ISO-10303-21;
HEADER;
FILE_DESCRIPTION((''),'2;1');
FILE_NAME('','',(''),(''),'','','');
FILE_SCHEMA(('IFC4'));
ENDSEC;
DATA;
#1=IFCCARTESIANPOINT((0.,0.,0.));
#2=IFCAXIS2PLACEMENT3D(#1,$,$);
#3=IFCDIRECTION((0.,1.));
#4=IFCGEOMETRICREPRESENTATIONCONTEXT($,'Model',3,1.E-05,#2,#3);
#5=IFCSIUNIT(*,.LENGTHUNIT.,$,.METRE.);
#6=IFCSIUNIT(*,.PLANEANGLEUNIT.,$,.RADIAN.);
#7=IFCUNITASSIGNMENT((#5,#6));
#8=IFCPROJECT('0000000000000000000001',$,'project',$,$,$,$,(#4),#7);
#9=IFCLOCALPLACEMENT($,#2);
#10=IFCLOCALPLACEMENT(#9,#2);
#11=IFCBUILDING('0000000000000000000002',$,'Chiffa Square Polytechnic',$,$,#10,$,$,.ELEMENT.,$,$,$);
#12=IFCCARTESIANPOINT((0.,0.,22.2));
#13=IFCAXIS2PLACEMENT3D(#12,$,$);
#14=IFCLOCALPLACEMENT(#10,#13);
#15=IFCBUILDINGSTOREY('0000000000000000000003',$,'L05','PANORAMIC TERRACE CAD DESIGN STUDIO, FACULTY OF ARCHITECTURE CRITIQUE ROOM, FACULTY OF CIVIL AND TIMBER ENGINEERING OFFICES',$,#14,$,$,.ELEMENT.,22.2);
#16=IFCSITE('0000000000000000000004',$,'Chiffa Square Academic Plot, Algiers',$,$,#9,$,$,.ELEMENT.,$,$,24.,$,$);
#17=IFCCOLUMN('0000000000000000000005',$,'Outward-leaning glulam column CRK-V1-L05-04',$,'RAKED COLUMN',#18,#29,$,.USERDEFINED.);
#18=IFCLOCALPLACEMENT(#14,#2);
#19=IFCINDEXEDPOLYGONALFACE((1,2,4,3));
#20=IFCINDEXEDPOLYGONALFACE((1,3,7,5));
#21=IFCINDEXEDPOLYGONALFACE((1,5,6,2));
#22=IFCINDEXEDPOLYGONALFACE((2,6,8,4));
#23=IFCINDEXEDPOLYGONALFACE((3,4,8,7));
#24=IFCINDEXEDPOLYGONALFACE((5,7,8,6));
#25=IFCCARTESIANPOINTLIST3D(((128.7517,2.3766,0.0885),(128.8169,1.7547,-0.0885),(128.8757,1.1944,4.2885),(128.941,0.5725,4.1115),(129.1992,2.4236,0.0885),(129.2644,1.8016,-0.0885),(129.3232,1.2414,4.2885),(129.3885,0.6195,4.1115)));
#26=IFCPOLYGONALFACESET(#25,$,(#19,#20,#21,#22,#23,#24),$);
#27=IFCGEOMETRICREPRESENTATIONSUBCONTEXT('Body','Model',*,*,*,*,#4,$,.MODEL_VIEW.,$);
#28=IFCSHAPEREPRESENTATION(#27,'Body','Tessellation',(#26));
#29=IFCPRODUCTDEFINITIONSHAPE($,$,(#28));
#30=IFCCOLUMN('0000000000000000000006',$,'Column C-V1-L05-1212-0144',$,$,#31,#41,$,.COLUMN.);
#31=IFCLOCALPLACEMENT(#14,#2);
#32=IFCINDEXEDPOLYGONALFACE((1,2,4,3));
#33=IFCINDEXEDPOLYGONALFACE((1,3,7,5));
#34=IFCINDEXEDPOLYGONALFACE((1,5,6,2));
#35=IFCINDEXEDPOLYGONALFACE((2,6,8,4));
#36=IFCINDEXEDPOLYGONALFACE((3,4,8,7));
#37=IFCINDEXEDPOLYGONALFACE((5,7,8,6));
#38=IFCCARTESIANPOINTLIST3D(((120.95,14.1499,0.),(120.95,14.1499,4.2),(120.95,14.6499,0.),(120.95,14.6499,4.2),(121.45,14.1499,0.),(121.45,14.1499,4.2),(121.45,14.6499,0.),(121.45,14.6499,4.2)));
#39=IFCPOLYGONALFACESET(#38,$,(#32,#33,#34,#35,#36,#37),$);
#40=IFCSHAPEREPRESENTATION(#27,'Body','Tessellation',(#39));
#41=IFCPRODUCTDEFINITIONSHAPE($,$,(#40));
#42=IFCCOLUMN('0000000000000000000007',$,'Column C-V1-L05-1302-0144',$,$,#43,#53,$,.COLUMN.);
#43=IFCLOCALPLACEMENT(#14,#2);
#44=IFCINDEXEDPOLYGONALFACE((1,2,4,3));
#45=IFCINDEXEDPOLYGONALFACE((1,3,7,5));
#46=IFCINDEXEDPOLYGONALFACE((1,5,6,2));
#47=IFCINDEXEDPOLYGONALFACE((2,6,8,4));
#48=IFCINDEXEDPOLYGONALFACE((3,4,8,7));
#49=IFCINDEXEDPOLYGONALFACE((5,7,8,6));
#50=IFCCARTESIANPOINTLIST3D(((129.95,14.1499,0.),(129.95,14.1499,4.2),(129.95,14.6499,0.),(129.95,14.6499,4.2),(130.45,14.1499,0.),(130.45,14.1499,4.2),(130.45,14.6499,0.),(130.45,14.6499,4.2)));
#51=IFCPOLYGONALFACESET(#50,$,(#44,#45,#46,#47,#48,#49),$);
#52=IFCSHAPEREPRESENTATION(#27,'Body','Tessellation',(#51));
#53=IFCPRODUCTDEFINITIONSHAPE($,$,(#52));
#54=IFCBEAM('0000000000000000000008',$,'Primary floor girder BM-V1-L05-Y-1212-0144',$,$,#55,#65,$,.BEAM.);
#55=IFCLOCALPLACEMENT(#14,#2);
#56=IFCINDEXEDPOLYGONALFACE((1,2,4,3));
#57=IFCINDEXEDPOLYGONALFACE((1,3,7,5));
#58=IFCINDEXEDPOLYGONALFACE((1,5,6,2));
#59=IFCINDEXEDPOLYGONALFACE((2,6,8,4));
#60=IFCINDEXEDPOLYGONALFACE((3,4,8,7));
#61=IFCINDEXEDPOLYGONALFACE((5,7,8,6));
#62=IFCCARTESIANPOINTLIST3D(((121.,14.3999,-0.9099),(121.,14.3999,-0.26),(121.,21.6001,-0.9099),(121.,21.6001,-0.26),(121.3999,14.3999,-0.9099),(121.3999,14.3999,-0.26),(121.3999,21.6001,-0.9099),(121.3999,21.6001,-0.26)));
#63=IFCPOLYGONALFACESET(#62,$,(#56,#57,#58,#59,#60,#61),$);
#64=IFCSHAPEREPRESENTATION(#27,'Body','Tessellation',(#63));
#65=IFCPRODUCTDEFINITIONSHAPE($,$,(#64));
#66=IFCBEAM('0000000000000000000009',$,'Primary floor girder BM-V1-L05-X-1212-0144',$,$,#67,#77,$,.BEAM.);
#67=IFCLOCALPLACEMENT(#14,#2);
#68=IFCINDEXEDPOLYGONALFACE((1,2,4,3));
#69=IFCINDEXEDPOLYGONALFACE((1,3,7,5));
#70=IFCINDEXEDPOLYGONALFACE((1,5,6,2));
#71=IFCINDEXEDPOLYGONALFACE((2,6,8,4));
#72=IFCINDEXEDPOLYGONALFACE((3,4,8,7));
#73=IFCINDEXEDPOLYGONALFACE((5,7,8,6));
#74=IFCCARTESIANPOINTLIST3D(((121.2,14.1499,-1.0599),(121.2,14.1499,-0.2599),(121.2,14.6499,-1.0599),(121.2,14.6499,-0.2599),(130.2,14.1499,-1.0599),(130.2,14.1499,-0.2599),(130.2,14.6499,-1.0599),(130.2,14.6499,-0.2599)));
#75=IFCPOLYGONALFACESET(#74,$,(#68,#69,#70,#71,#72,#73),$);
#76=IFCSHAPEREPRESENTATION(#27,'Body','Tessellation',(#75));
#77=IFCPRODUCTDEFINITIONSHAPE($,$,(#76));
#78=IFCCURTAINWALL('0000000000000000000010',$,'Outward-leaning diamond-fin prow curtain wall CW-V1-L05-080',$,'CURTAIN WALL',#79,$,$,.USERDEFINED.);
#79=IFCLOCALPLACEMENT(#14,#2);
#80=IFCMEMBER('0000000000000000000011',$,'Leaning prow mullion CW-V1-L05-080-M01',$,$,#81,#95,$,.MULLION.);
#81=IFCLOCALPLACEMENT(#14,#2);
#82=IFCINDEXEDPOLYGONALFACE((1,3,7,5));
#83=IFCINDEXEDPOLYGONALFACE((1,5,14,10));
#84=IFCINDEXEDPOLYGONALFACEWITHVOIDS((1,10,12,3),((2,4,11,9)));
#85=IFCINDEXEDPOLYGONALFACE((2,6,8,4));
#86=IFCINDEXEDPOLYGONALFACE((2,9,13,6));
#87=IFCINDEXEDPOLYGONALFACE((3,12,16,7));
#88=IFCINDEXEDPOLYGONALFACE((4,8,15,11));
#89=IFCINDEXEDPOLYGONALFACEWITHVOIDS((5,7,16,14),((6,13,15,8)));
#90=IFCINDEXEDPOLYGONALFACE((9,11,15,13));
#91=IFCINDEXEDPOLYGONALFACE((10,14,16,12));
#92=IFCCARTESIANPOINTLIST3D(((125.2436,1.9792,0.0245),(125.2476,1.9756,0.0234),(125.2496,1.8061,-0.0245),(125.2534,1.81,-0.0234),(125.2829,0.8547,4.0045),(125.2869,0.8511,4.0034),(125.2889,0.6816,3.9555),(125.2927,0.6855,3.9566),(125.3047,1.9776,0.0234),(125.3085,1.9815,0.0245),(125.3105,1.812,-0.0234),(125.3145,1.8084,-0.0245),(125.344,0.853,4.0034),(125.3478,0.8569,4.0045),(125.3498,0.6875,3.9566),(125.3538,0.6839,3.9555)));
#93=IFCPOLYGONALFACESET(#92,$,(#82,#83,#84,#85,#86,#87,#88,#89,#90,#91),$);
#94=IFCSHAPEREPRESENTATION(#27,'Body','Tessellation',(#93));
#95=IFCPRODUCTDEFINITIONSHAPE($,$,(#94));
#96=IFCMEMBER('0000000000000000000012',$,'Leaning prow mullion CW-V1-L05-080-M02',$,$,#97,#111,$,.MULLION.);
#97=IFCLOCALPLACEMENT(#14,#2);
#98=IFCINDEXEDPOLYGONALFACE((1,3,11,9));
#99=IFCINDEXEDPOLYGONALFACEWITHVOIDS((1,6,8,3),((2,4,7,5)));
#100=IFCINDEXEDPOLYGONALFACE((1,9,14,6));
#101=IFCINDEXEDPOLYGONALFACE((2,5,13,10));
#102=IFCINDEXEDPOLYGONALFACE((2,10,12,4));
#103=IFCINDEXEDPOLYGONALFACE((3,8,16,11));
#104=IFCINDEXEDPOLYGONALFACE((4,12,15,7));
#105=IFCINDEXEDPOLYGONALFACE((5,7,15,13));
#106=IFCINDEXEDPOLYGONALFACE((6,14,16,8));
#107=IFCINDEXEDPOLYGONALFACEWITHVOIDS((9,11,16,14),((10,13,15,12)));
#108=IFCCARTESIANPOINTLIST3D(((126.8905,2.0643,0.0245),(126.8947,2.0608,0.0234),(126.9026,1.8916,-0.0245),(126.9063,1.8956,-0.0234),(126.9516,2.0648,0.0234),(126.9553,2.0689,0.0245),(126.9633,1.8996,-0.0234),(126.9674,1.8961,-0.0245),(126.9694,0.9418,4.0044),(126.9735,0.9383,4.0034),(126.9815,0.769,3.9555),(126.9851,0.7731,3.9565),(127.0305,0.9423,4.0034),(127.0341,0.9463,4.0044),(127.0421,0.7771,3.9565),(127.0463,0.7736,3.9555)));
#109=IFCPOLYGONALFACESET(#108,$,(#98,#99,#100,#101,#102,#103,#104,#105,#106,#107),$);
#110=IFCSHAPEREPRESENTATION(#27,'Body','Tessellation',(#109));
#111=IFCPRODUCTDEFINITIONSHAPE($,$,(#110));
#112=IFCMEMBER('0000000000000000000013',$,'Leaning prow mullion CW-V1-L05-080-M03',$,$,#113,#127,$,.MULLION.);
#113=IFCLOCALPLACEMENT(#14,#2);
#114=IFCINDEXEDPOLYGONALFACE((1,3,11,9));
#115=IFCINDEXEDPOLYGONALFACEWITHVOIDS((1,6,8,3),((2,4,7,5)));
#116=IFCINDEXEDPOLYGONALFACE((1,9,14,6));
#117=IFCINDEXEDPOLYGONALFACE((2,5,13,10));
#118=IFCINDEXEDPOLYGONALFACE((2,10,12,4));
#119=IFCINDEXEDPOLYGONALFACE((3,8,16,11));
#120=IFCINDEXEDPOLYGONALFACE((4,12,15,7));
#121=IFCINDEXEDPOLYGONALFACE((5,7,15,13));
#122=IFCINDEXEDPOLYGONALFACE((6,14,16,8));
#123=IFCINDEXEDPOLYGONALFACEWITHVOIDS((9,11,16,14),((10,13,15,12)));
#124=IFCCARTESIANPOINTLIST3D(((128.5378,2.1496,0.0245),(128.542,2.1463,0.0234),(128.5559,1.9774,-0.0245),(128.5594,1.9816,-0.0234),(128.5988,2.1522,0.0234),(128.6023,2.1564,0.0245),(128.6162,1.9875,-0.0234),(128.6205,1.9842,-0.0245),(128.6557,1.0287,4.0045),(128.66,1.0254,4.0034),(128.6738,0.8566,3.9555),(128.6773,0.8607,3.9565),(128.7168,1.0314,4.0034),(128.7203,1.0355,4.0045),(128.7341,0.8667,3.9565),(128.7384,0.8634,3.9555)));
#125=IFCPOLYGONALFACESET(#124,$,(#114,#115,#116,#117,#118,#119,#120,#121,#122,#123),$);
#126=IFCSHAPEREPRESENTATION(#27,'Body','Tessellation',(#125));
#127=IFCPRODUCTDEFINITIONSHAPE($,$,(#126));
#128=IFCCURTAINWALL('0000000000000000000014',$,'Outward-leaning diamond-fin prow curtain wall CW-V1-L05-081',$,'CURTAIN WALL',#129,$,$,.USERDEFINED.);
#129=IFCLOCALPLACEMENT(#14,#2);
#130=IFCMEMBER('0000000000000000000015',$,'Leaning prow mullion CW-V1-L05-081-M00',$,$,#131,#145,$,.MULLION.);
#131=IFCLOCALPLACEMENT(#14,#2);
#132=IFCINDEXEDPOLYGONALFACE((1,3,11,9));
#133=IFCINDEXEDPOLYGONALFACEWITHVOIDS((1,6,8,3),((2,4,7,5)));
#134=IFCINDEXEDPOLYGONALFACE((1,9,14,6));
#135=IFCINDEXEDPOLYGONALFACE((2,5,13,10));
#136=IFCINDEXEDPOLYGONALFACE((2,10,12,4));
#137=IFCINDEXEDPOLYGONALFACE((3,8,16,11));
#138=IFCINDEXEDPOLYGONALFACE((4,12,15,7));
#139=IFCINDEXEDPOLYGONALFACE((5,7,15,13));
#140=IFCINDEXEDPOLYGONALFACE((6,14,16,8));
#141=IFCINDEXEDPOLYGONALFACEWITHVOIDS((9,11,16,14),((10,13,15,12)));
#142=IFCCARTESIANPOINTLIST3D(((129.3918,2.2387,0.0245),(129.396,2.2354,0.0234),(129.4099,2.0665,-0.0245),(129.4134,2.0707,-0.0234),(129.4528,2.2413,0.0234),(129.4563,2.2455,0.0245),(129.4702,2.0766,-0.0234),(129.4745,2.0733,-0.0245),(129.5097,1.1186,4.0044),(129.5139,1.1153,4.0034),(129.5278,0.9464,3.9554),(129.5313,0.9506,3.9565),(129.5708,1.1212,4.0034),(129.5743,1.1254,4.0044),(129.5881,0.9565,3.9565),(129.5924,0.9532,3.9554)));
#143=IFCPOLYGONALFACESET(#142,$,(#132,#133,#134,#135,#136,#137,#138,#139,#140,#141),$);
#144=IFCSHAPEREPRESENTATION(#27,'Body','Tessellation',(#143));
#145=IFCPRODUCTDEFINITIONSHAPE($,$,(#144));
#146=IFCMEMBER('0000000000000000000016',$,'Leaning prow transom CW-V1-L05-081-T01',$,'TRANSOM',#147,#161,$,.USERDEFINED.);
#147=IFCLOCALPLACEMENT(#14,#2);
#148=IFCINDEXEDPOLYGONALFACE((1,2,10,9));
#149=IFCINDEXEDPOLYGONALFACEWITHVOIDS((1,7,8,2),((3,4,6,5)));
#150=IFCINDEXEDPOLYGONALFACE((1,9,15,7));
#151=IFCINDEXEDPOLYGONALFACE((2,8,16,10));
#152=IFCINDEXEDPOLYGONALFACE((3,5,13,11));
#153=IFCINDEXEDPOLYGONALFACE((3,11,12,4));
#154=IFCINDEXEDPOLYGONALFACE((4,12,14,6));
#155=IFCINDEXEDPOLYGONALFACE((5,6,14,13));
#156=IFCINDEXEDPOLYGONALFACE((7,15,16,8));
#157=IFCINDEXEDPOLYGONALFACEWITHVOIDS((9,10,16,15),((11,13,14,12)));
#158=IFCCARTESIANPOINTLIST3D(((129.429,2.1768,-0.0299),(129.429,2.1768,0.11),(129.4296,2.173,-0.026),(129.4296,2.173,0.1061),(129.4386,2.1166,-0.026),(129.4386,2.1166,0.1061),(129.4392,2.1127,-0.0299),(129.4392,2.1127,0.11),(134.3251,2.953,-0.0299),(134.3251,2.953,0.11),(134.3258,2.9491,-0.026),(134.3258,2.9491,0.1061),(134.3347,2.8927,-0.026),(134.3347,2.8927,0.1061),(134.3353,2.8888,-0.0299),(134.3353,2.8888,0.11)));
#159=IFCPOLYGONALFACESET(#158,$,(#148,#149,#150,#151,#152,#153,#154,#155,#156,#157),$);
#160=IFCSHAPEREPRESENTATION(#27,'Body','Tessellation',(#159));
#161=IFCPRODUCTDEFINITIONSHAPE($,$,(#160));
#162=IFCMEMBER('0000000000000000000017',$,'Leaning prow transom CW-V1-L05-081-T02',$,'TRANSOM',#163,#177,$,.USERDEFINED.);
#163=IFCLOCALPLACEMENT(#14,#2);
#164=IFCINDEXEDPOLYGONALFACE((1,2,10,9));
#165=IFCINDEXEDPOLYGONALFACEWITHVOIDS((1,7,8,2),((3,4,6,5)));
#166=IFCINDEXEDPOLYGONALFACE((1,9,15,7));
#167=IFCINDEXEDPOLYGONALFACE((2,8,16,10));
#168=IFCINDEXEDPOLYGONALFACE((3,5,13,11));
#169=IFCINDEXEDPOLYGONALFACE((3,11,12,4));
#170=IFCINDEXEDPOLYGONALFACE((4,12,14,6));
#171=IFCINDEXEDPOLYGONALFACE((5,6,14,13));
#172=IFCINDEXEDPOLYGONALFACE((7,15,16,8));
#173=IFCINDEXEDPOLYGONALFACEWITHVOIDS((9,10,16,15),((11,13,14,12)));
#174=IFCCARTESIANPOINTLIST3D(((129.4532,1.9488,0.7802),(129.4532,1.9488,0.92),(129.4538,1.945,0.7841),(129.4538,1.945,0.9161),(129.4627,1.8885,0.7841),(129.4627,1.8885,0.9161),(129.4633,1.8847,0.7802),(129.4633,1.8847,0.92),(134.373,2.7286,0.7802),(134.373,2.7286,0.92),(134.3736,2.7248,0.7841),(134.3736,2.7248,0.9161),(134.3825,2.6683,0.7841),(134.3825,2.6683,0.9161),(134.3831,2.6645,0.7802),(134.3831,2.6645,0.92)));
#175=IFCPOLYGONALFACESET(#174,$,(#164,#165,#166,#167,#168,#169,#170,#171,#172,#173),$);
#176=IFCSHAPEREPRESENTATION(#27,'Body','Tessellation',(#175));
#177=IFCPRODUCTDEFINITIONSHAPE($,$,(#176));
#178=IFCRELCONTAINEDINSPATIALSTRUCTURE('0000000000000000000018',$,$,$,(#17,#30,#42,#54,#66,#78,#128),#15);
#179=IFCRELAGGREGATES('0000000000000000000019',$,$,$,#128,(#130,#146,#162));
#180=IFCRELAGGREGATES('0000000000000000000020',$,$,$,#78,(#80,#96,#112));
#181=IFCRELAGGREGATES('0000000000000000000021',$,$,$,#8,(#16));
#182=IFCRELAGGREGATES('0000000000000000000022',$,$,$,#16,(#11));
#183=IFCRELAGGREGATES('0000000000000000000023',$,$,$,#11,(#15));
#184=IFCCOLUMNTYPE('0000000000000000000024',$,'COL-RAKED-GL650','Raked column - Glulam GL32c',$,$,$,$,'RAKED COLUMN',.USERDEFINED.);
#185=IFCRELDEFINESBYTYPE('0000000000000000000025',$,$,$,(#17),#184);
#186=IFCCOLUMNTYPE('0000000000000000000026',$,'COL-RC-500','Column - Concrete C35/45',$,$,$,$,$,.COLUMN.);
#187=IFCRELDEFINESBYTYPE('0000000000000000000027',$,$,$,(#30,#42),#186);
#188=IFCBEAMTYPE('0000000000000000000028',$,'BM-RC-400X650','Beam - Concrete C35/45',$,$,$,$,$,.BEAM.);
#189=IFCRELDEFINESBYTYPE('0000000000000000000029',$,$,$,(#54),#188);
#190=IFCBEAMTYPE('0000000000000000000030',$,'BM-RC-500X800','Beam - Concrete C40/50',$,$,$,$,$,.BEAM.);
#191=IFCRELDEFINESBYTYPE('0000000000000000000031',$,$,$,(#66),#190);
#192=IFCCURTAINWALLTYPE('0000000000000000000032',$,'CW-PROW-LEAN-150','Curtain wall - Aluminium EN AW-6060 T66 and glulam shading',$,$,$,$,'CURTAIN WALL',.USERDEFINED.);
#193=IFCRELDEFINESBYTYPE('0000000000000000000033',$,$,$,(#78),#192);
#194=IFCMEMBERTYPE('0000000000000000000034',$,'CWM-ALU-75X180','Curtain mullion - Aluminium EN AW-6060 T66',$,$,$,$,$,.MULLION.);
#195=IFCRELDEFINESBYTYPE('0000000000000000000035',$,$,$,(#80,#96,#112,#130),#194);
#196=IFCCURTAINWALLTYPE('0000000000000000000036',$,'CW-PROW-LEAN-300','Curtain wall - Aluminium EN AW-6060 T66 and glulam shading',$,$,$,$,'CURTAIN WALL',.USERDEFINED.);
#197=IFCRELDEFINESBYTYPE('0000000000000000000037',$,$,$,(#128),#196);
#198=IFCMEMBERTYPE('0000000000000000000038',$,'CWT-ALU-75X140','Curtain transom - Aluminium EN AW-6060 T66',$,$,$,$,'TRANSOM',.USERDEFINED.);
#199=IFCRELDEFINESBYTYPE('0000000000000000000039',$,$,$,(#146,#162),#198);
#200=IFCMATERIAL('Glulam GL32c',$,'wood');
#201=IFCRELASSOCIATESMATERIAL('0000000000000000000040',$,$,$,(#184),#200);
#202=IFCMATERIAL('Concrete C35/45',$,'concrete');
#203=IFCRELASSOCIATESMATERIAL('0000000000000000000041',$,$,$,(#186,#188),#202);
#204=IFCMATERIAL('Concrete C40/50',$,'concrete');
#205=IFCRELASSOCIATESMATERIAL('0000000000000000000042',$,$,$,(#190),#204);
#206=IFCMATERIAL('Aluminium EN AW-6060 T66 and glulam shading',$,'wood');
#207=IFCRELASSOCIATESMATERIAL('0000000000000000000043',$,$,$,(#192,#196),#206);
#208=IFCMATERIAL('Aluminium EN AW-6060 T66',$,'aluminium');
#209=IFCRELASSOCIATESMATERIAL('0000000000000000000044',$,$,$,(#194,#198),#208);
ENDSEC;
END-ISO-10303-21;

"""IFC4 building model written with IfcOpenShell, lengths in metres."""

from ifc_helpers import new_model, si_unit, direction, frame, origin, origin_2d, place, context, subcontext, project, spatial, rectangle, hollow_rectangle, extrude, material, material_profile, profile_set, type_object, element, aggregate, save


model = new_model("IFC4")

# Units and contexts
model_context = context("Model", 3, precision=1e-05, world=origin(), true_north=direction((0.0, 1.0)))
body_context = subcontext(model_context, "Body", "Model", "MODEL_VIEW")
ifc_project = project(units=[si_unit("LENGTHUNIT", "METRE"), si_unit("PLANEANGLEUNIT", "RADIAN")], contexts=[model_context])

# Site, building, storey
site_placement = place(None, origin())
site = spatial("IfcSite", under=ifc_project, at=site_placement, Name="Chiffa Square Academic Plot, Algiers", CompositionType="ELEMENT", RefElevation=24.0)
building_placement = place(site_placement, origin())
building = spatial("IfcBuilding", under=site, at=building_placement, Name="Chiffa Square Polytechnic", CompositionType="ELEMENT")
storey_placement = place(building_placement, frame((0.0, 0.0, 22.2)))
storey = spatial("IfcBuildingStorey", under=building, at=storey_placement, Name="L05", Description="PANORAMIC TERRACE CAD DESIGN STUDIO, FACULTY OF ARCHITECTURE CRITIQUE ROOM, FACULTY OF CIVIL AND TIMBER ENGINEERING OFFICES", CompositionType="ELEMENT", Elevation=22.2)

# Columns
ifc_material_1 = material(Name="Glulam GL32c", Category="wood")
ifc_material_profile_1 = material_profile(ifc_material_1, rectangle(XDim=0.45, YDim=0.6499, at=origin_2d()), Name="GL32c 450x650")
ifc_profile_set_1 = profile_set([ifc_material_profile_1], Name="Glulam GL32c")
column_type_1 = type_object("IfcColumnType", Name="COL-RAKED-GL650", Description="Raked column - Glulam GL32c", ElementType="RAKED COLUMN", PredefinedType="USERDEFINED", material=ifc_profile_set_1)
column_placement = place(storey_placement, frame((129.0081, 2.0891, 0.0), z_axis=(0.028414, -0.270826, 0.962209), x_axis=(0.994541, 0.104343, 0.0)))
element("IfcColumn", 1, at=column_placement, inside=storey, type_object=column_type_1, Name="Outward-leaning glulam column CRK-V1-L05-04", ObjectType="RAKED COLUMN", PredefinedType="USERDEFINED", context=body_context, shape_type="SweptSolid", body=[
    extrude(rectangle(XDim=0.45, YDim=0.6499, at=origin_2d()), origin(), (0.0, 0.0, 1.0), 4.365),
])
ifc_material_2 = material(Name="Concrete C35/45", Category="concrete")
ifc_material_profile_2 = material_profile(ifc_material_2, rectangle(XDim=0.5, YDim=0.5, at=origin_2d()), Name="RC 500x500")
ifc_profile_set_2 = profile_set([ifc_material_profile_2], Name="Concrete C35/45")
column_type_2 = type_object("IfcColumnType", Name="COL-RC-500", Description="Column - Concrete C35/45", PredefinedType="COLUMN", material=ifc_profile_set_2)
for number, where, z_axis, x_axis, name in (
    (2, (121.2, 14.3999, 0.0), (0.0, 0.0, 1.0), (1.0, 0.0, 0.0), "Column C-V1-L05-1212-0144"),
    (3, (130.2, 14.3999, 0.0), (0.0, 0.0, 1.0), (1.0, 0.0, 0.0), "Column C-V1-L05-1302-0144"),
):
    element("IfcColumn", number, at=place(storey_placement, frame(where, z_axis=z_axis, x_axis=x_axis)), inside=storey, type_object=column_type_2, Name=name, PredefinedType="COLUMN", context=body_context, shape_type="SweptSolid", body=[
        extrude(rectangle(XDim=0.5, YDim=0.5, at=origin_2d()), origin(), (0.0, 0.0, 1.0), 4.2),
    ])

# Beams
ifc_material_profile_3 = material_profile(ifc_material_2, rectangle(XDim=0.3999, YDim=0.6499, at=origin_2d()), Name="RC 400x650")
ifc_profile_set_3 = profile_set([ifc_material_profile_3], Name="Concrete C35/45")
beam_type_1 = type_object("IfcBeamType", Name="BM-RC-400X650", Description="Beam - Concrete C35/45", PredefinedType="BEAM", material=ifc_profile_set_3)
beam_1_placement = place(storey_placement, frame((121.2, 14.3999, -0.585), z_axis=(0.0, 1.0, 0.0), x_axis=(-1.0, 0.0, 0.0)))
element("IfcBeam", 4, at=beam_1_placement, inside=storey, type_object=beam_type_1, Name="Primary floor girder BM-V1-L05-Y-1212-0144", PredefinedType="BEAM", context=body_context, shape_type="SweptSolid", body=[
    extrude(rectangle(XDim=0.3999, YDim=0.6499, at=origin_2d()), origin(), (0.0, 0.0, 1.0), 7.2002),
])
ifc_material_3 = material(Name="Concrete C40/50", Category="concrete")
ifc_material_profile_4 = material_profile(ifc_material_3, rectangle(XDim=0.5, YDim=0.8, at=origin_2d()), Name="RC 500x800")
ifc_profile_set_4 = profile_set([ifc_material_profile_4], Name="Concrete C40/50")
beam_type_2 = type_object("IfcBeamType", Name="BM-RC-500X800", Description="Beam - Concrete C40/50", PredefinedType="BEAM", material=ifc_profile_set_4)
beam_2_placement = place(storey_placement, frame((121.2, 14.3999, -0.6599), z_axis=(1.0, 0.0, 0.0), x_axis=(0.0, 1.0, 0.0)))
element("IfcBeam", 5, at=beam_2_placement, inside=storey, type_object=beam_type_2, Name="Primary floor girder BM-V1-L05-X-1212-0144", PredefinedType="BEAM", context=body_context, shape_type="SweptSolid", body=[
    extrude(rectangle(XDim=0.5, YDim=0.8, at=origin_2d()), origin(), (0.0, 0.0, 1.0), 9.0),
])

# Curtain walls, members
ifc_material_4 = material(Name="Aluminium EN AW-6060 T66 and glulam shading", Category="wood")
curtain_wall_type_1 = type_object("IfcCurtainWallType", Name="CW-PROW-LEAN-150", Description="Curtain wall - Aluminium EN AW-6060 T66 and glulam shading", ElementType="CURTAIN WALL", PredefinedType="USERDEFINED", material=ifc_material_4)
curtain_wall_1_placement = place(storey_placement, origin())
curtain_wall_1 = element("IfcCurtainWall", 6, at=curtain_wall_1_placement, inside=storey, type_object=curtain_wall_type_1, Name="Outward-leaning diamond-fin prow curtain wall CW-V1-L05-080", ObjectType="CURTAIN WALL", PredefinedType="USERDEFINED")
ifc_material_5 = material(Name="Aluminium EN AW-6060 T66", Category="aluminium")
ifc_material_profile_5 = material_profile(ifc_material_5, hollow_rectangle(XDim=0.0649, YDim=0.1799, WallThickness=0.0039, at=origin_2d()), Name="ALU 65x180x4")
ifc_profile_set_5 = profile_set([ifc_material_profile_5], Name="Aluminium EN AW-6060 T66")
member_type_1 = type_object("IfcMemberType", Name="CWM-ALU-75X180", Description="Curtain mullion - Aluminium EN AW-6060 T66", PredefinedType="MULLION", material=ifc_profile_set_5)
member_1_placement = place(storey_placement, frame((125.2791, 1.8938, 0.0), z_axis=(0.009504, -0.271885, 0.962283), x_axis=(0.99939, 0.034933, 0.0)))
member_1 = element("IfcMember", 7, at=member_1_placement, type_object=member_type_1, Name="Leaning prow mullion CW-V1-L05-080-M01", PredefinedType="MULLION", context=body_context, shape_type="SweptSolid", body=[
    extrude(hollow_rectangle(XDim=0.0649, YDim=0.1799, WallThickness=0.0039, at=origin_2d()), origin(), (0.0, 0.0, 1.0), 4.136),
])
member_2_placement = place(storey_placement, frame((126.929, 1.9802, 0.0), z_axis=(0.019066, -0.271411, 0.962275), x_axis=(0.997542, 0.070075, 0.0)))
member_2 = element("IfcMember", 8, at=member_2_placement, type_object=member_type_1, Name="Leaning prow mullion CW-V1-L05-080-M02", PredefinedType="MULLION", context=body_context, shape_type="SweptSolid", body=[
    extrude(hollow_rectangle(XDim=0.0649, YDim=0.1799, WallThickness=0.0039, at=origin_2d()), origin(), (0.0, 0.0, 1.0), 4.136),
])
member_3_placement = place(storey_placement, frame((128.5791, 2.0669, 0.0), z_axis=(0.028507, -0.270967, 0.962166), x_axis=(0.994511, 0.104628, 0.0)))
member_3 = element("IfcMember", 9, at=member_3_placement, type_object=member_type_1, Name="Leaning prow mullion CW-V1-L05-080-M03", PredefinedType="MULLION", context=body_context, shape_type="SweptSolid", body=[
    extrude(hollow_rectangle(XDim=0.0649, YDim=0.1799, WallThickness=0.0039, at=origin_2d()), origin(), (0.0, 0.0, 1.0), 4.1365),
])
curtain_wall_type_2 = type_object("IfcCurtainWallType", Name="CW-PROW-LEAN-300", Description="Curtain wall - Aluminium EN AW-6060 T66 and glulam shading", ElementType="CURTAIN WALL", PredefinedType="USERDEFINED", material=ifc_material_4)
curtain_wall_2_placement = place(storey_placement, origin())
curtain_wall_2 = element("IfcCurtainWall", 10, at=curtain_wall_2_placement, inside=storey, type_object=curtain_wall_type_2, Name="Outward-leaning diamond-fin prow curtain wall CW-V1-L05-081", ObjectType="CURTAIN WALL", PredefinedType="USERDEFINED")
member_4_placement = place(storey_placement, frame((129.4331, 2.156, 0.0), z_axis=(0.028509, -0.270803, 0.962213), x_axis=(0.994504, 0.104696, 0.0)))
member_4 = element("IfcMember", 11, at=member_4_placement, type_object=member_type_1, Name="Leaning prow mullion CW-V1-L05-081-M00", PredefinedType="MULLION", context=body_context, shape_type="SweptSolid", body=[
    extrude(hollow_rectangle(XDim=0.0649, YDim=0.1799, WallThickness=0.0039, at=origin_2d()), origin(), (0.0, 0.0, 1.0), 4.1362),
])
ifc_material_profile_6 = material_profile(ifc_material_5, hollow_rectangle(XDim=0.0649, YDim=0.1399, WallThickness=0.0039, at=origin_2d()), Name="ALU 65x140x4")
ifc_profile_set_6 = profile_set([ifc_material_profile_6], Name="Aluminium EN AW-6060 T66")
member_type_2 = type_object("IfcMemberType", Name="CWT-ALU-75X140", Description="Curtain transom - Aluminium EN AW-6060 T66", ElementType="TRANSOM", PredefinedType="USERDEFINED", material=ifc_profile_set_6)
member_5_placement = place(storey_placement, frame((129.4341, 2.1448, 0.04), z_axis=(0.987669, 0.156559, 0.0), x_axis=(-0.156559, 0.987669, 0.0)))
member_5 = element("IfcMember", 12, at=member_5_placement, type_object=member_type_2, Name="Leaning prow transom CW-V1-L05-081-T01", ObjectType="TRANSOM", PredefinedType="USERDEFINED", context=body_context, shape_type="SweptSolid", body=[
    extrude(hollow_rectangle(XDim=0.0649, YDim=0.1399, WallThickness=0.0039, at=origin_2d()), origin(), (0.0, 0.0, 1.0), 4.9573),
])
member_6_placement = place(storey_placement, frame((129.4583, 1.9167, 0.8501), z_axis=(0.98767, 0.156549, 0.0), x_axis=(-0.156549, 0.98767, 0.0)))
member_6 = element("IfcMember", 13, at=member_6_placement, type_object=member_type_2, Name="Leaning prow transom CW-V1-L05-081-T02", ObjectType="TRANSOM", PredefinedType="USERDEFINED", context=body_context, shape_type="SweptSolid", body=[
    extrude(hollow_rectangle(XDim=0.0649, YDim=0.1399, WallThickness=0.0039, at=origin_2d()), origin(), (0.0, 0.0, 1.0), 4.9812),
])

aggregate(curtain_wall_2, [member_4, member_5, member_6])
aggregate(curtain_wall_1, [member_1, member_2, member_3])

save(model, "model.ifc")
